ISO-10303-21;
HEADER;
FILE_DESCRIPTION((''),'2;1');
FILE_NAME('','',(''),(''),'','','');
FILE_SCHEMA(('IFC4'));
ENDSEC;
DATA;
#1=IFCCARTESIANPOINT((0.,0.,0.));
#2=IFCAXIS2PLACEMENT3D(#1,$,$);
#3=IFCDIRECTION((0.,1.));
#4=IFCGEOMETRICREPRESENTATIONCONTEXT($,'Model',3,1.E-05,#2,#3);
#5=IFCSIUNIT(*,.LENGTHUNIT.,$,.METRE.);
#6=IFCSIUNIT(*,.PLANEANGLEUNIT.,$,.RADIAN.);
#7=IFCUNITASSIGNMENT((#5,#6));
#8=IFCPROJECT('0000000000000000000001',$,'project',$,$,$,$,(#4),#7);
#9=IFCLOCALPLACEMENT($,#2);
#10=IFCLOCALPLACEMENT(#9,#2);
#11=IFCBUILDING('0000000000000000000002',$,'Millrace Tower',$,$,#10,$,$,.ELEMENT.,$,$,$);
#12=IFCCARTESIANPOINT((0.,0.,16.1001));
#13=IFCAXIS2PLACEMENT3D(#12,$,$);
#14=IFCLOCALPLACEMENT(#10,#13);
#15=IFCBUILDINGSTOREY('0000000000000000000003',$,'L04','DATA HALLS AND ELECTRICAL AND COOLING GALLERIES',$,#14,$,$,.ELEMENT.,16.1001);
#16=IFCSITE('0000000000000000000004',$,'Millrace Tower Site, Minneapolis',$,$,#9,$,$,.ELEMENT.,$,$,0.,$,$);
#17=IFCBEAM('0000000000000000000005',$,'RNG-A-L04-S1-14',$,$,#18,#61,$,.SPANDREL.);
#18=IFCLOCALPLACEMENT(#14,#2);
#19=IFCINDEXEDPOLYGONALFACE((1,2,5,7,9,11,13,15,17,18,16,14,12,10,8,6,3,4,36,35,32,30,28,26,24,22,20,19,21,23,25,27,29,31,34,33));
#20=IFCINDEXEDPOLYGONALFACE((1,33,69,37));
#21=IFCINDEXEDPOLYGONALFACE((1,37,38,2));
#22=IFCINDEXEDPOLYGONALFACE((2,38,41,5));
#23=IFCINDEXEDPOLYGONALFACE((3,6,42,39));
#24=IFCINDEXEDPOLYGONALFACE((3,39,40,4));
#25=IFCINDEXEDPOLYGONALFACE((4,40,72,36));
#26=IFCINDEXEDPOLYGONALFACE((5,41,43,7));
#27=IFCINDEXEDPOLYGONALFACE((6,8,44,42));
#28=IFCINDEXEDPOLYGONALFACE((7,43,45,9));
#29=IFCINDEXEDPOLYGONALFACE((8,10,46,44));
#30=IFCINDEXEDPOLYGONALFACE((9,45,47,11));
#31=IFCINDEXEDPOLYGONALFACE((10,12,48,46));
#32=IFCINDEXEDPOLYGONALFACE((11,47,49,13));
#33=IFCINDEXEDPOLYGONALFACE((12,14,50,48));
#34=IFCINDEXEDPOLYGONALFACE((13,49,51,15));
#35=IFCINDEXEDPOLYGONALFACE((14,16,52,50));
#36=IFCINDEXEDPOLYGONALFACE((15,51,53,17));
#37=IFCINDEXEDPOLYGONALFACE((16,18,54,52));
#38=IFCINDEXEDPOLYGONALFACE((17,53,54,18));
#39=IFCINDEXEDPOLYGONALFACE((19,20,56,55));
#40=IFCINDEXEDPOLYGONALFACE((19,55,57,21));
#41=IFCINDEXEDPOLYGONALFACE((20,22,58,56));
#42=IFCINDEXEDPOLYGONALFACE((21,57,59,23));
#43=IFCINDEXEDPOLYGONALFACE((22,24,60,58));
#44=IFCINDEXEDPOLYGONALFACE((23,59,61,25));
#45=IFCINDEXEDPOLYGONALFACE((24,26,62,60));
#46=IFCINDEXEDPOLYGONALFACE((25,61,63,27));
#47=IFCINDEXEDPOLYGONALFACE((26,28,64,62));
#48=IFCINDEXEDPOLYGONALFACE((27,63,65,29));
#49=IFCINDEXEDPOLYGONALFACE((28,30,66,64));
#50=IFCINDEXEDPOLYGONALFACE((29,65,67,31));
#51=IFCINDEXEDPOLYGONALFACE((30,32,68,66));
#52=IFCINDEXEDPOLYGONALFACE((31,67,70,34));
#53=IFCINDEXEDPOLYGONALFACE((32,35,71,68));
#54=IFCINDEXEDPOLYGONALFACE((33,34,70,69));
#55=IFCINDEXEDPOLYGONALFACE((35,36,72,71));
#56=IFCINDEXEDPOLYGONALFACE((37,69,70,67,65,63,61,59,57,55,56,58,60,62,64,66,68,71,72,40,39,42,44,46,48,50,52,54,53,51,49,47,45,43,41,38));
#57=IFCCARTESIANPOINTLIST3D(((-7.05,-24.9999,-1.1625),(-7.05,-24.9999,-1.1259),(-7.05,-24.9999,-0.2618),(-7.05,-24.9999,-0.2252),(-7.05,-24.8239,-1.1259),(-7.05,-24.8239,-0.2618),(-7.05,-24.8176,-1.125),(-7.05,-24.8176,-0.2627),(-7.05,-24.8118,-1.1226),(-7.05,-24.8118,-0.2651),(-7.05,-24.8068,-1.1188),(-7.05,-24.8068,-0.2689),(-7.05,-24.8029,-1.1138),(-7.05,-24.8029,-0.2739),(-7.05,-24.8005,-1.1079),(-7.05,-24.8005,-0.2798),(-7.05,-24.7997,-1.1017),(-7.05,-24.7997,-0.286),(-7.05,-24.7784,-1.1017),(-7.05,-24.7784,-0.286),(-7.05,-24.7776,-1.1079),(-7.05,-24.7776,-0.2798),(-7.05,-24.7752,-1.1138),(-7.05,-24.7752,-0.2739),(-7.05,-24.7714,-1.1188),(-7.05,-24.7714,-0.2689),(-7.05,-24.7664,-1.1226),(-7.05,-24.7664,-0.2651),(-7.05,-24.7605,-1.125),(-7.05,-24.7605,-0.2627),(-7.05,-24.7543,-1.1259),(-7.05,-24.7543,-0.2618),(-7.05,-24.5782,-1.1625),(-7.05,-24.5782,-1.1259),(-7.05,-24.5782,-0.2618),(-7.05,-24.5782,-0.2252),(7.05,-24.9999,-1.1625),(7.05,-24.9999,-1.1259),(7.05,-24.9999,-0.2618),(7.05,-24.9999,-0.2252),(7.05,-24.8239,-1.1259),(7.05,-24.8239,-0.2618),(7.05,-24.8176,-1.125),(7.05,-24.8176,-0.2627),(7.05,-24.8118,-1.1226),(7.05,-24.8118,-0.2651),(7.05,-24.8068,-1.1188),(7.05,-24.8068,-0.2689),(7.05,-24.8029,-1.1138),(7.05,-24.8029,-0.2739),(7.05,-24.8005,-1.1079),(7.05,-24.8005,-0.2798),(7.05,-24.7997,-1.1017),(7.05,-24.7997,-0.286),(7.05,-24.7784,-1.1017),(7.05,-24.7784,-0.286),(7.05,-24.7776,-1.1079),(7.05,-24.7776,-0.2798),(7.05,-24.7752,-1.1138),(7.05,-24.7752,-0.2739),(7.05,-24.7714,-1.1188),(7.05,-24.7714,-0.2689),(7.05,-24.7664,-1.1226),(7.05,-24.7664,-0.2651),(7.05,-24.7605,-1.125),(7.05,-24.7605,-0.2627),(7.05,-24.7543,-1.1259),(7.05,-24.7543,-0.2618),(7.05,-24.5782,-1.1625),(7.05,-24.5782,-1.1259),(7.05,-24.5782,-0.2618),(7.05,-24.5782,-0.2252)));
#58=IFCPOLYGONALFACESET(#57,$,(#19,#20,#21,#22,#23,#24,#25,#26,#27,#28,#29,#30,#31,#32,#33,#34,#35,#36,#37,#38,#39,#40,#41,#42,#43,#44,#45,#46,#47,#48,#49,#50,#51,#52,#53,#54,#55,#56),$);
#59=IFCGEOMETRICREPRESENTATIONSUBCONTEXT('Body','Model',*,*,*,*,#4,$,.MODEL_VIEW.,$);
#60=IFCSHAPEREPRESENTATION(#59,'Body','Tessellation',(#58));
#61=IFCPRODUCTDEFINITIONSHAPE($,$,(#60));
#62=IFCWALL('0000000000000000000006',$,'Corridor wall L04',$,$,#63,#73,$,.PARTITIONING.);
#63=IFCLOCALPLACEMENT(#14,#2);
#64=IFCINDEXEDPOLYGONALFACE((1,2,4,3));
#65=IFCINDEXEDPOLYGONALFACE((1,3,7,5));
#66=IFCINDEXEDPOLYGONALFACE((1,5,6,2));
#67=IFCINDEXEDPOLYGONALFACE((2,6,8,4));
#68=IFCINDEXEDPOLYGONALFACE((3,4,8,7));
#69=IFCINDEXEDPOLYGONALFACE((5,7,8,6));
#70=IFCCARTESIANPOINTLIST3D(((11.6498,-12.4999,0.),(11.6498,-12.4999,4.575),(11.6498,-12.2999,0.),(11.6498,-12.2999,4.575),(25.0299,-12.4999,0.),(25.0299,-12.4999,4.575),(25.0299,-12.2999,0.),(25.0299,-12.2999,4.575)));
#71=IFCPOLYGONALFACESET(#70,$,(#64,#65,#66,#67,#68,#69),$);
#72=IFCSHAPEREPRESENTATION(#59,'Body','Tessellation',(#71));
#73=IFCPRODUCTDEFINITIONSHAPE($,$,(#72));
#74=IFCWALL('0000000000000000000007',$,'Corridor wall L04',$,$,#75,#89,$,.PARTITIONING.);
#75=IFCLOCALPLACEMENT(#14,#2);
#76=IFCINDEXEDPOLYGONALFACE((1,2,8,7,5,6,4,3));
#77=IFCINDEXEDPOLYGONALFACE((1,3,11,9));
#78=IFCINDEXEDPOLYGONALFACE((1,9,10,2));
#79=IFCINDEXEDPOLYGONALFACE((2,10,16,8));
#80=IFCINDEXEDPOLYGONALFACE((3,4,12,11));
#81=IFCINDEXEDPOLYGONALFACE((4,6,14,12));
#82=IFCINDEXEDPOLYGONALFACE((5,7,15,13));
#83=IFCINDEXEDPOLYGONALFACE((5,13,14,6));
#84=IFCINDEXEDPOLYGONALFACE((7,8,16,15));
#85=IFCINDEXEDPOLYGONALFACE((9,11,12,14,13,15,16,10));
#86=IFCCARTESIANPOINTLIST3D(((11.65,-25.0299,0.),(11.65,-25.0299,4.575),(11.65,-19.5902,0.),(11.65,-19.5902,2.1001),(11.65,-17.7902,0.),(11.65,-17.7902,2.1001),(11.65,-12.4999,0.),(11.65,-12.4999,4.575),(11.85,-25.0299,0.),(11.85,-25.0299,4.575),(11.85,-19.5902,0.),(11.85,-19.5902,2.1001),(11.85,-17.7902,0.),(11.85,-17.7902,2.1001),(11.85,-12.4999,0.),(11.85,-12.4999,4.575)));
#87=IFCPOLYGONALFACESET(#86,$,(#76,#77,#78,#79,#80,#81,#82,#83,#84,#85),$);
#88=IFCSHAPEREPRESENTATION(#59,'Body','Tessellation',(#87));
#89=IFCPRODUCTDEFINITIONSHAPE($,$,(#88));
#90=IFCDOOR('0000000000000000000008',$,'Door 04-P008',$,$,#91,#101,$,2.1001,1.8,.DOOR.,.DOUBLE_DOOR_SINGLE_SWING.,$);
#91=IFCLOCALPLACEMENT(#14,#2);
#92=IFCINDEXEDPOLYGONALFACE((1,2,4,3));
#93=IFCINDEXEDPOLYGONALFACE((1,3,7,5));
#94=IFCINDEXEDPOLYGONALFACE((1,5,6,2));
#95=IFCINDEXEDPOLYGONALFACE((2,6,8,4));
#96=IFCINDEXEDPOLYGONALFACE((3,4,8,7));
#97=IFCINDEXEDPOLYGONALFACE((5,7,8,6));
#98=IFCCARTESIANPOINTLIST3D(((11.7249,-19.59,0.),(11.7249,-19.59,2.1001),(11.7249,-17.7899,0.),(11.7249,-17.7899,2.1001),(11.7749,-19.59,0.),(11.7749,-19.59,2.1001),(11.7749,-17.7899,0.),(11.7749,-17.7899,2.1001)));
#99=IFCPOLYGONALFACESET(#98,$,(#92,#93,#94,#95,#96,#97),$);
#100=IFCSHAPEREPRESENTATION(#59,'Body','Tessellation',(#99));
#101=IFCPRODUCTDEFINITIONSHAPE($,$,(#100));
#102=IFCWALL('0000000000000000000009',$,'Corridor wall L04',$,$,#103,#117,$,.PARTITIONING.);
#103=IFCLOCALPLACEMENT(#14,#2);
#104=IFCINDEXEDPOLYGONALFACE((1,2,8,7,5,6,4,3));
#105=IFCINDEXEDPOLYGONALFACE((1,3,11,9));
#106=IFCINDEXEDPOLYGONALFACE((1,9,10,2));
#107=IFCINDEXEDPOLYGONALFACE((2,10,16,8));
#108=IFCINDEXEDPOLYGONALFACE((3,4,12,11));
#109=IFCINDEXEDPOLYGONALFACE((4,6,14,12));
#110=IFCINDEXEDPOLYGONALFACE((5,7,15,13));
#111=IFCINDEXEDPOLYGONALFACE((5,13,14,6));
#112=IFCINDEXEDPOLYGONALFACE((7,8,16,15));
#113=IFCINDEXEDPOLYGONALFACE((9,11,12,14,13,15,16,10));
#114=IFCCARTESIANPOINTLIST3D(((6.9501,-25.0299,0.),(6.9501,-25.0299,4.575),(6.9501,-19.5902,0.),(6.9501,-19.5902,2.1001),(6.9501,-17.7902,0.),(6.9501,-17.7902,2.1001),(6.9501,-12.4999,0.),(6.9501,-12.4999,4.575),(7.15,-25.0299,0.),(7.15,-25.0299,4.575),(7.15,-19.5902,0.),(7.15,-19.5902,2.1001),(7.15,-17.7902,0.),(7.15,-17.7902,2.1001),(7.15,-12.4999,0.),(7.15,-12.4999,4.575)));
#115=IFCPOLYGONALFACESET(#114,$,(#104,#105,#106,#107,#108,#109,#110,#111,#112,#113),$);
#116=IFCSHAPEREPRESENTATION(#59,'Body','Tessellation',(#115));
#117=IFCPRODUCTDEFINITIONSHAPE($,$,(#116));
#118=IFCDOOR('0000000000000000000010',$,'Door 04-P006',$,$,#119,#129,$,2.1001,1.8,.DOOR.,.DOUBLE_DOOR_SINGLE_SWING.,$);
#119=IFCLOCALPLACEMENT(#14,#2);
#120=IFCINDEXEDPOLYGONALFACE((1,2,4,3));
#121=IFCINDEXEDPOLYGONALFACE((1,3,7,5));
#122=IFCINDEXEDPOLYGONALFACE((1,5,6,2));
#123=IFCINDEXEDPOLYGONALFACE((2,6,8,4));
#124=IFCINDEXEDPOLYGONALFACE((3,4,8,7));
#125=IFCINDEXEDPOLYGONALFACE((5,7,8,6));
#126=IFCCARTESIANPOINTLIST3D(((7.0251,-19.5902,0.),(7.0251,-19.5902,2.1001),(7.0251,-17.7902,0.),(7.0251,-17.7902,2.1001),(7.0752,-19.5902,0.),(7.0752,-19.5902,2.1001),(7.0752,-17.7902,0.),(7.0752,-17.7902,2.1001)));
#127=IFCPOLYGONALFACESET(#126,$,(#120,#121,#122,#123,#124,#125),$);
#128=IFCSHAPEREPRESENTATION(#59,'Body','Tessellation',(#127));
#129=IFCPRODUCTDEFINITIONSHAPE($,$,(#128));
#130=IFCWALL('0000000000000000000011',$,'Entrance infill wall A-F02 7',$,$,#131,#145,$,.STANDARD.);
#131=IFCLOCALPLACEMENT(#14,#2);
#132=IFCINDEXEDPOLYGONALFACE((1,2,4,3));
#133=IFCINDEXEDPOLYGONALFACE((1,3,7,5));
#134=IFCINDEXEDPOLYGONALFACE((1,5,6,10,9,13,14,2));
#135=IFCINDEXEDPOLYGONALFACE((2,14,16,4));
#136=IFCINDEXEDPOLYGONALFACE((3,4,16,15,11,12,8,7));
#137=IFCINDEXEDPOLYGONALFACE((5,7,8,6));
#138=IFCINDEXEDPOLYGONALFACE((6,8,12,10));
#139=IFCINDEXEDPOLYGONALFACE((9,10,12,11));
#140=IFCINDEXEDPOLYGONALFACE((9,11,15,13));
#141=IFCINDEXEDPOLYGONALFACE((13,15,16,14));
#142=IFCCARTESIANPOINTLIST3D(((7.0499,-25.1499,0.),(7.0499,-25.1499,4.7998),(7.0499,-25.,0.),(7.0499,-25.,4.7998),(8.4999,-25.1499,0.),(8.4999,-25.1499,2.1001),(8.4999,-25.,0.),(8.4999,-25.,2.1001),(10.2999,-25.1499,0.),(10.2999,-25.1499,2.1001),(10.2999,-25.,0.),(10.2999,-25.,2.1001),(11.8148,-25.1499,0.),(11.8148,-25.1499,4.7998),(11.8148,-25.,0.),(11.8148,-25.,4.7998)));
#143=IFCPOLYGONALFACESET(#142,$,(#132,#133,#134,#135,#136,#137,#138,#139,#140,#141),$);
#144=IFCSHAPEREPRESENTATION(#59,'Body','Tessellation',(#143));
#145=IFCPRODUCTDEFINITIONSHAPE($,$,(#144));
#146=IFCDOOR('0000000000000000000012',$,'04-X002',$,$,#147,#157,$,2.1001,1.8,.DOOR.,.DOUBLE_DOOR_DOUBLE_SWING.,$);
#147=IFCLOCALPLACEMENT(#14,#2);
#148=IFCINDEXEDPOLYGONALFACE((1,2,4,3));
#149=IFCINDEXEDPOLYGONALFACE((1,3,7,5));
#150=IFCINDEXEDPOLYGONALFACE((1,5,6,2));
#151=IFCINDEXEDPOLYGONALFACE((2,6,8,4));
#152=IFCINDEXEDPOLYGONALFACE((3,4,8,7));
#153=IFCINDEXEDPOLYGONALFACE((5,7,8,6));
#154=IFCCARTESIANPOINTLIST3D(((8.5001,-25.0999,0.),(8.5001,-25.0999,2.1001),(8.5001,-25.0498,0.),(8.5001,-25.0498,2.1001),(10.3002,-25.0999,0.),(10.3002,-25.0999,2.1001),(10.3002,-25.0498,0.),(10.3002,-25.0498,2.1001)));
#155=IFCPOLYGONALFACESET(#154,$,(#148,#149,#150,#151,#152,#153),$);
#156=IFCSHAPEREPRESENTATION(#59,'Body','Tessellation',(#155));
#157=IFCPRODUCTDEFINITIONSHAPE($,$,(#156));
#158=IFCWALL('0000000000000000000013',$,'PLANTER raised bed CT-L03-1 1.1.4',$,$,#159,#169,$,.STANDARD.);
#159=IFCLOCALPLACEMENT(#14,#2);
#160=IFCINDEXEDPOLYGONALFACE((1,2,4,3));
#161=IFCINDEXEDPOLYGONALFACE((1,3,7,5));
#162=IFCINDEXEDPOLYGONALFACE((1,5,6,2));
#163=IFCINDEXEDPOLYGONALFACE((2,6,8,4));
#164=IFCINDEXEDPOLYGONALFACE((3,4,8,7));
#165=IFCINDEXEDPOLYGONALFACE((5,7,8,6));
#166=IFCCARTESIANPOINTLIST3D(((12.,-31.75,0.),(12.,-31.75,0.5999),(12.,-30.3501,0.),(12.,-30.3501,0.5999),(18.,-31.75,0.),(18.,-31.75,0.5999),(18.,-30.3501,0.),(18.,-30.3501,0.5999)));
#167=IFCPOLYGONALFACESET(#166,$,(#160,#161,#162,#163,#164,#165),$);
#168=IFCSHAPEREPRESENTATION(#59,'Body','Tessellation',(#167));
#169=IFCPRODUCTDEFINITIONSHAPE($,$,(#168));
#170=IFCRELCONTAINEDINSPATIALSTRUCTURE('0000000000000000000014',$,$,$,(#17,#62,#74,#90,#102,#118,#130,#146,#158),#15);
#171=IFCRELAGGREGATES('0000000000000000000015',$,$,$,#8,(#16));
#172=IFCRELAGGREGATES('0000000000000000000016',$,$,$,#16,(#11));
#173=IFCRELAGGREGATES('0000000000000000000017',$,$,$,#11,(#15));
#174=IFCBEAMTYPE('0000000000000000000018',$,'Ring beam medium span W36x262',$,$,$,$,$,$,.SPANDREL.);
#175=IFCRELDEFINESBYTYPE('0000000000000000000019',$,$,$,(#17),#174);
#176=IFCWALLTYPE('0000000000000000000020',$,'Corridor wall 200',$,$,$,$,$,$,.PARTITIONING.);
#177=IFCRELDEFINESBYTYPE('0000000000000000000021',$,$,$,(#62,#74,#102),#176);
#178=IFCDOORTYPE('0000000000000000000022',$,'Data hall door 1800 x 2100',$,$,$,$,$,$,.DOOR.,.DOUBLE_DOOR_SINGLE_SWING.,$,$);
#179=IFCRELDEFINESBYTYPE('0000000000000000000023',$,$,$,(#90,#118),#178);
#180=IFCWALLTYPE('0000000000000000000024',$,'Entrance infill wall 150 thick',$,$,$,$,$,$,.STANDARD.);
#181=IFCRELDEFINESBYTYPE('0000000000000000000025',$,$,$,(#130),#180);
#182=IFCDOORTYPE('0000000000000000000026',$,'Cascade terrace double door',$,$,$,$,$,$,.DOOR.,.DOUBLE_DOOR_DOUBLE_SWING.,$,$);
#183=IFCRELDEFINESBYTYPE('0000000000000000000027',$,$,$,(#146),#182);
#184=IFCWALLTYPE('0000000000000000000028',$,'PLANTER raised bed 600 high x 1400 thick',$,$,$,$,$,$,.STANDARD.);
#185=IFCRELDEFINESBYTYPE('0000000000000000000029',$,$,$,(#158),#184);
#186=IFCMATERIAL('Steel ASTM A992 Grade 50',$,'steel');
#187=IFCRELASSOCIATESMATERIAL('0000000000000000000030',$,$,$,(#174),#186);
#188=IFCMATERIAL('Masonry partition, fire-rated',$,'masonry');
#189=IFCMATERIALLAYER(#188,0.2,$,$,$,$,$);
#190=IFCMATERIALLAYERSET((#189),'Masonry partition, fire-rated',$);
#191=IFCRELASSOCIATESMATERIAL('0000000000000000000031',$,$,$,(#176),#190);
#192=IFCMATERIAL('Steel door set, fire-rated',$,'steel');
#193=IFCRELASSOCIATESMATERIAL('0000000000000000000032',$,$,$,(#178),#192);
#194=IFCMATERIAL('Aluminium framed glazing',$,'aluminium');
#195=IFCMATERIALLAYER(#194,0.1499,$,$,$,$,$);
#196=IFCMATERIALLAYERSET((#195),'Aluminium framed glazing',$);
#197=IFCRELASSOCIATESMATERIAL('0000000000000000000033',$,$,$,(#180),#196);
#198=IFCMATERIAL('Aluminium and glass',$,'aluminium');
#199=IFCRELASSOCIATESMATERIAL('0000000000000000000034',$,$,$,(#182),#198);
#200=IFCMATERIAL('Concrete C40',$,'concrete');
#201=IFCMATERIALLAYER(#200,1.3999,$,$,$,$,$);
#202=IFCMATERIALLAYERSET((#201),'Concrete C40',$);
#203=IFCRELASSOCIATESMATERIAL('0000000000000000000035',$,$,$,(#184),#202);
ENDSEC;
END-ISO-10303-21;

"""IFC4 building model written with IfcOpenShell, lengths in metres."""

from ifc_helpers import new_model, si_unit, direction, frame, frame_2d, origin, origin_2d, place, context, subcontext, project, spatial, rectangle, i_section, extrude, material, layer, layer_set, material_profile, profile_set, type_object, element, fill, save


model = new_model("IFC4")

# Units and contexts
model_context = context("Model", 3, precision=1e-05, world=origin(), true_north=direction((0.0, 1.0)))
body_context = subcontext(model_context, "Body", "Model", "MODEL_VIEW")
ifc_project = project(units=[si_unit("LENGTHUNIT", "METRE"), si_unit("PLANEANGLEUNIT", "RADIAN")], contexts=[model_context])

# Site, building, storey
site_placement = place(None, origin())
site = spatial("IfcSite", under=ifc_project, at=site_placement, Name="Millrace Tower Site, Minneapolis", CompositionType="ELEMENT", RefElevation=0.0)
building_placement = place(site_placement, origin())
building = spatial("IfcBuilding", under=site, at=building_placement, Name="Millrace Tower", CompositionType="ELEMENT")
storey_placement = place(building_placement, frame((0.0, 0.0, 16.1001)))
storey = spatial("IfcBuildingStorey", under=building, at=storey_placement, Name="L04", Description="DATA HALLS AND ELECTRICAL AND COOLING GALLERIES", CompositionType="ELEMENT", Elevation=16.1001)

# Beam
ifc_material_1 = material(Name="Steel ASTM A992 Grade 50", Category="steel")
ifc_material_profile_1 = material_profile(ifc_material_1, i_section(OverallWidth=0.4216, OverallDepth=0.9373, WebThickness=0.0212, FlangeThickness=0.0366, FilletRadius=0.0242, at=origin_2d()))
ifc_profile_set_1 = profile_set([ifc_material_profile_1], Name="Steel ASTM A992 Grade 50")
beam_type_1 = type_object("IfcBeamType", Name="Ring beam medium span W36x262", PredefinedType="SPANDREL", material=ifc_profile_set_1)
beam_1_placement = place(storey_placement, frame((7.05, -24.7891, -0.6938), z_axis=(-1.0, 0.0, 0.0), x_axis=(0.0, -1.0, 0.0)))
element("IfcBeam", 1, at=beam_1_placement, inside=storey, type_object=beam_type_1, Name="RNG-A-L04-S1-14", PredefinedType="SPANDREL", context=body_context, shape_type="SweptSolid", body=[
    extrude(i_section(OverallWidth=0.4216, OverallDepth=0.9373, WebThickness=0.0212, FlangeThickness=0.0366, FilletRadius=0.0242, at=origin_2d()), origin(), (0.0, 0.0, 1.0), 14.1001),
])

# Wall
ifc_material_2 = material(Name="Masonry partition, fire-rated", Category="masonry")
ifc_layer_1 = layer(ifc_material_2, 0.2)
ifc_layer_set_1 = layer_set([ifc_layer_1], Name="Masonry partition, fire-rated")
wall_type_1 = type_object("IfcWallType", Name="Corridor wall 200", PredefinedType="PARTITIONING", material=ifc_layer_set_1)
wall_1_placement = place(storey_placement, frame((11.6499, -12.3999, 0.0), z_axis=(0.0, 0.0, 1.0), x_axis=(1.0, 0.0, 0.0)))
element("IfcWall", 2, at=wall_1_placement, inside=storey, type_object=wall_type_1, Name="Corridor wall L04", PredefinedType="PARTITIONING", context=body_context, shape_type="SweptSolid", body=[
    extrude(rectangle(XDim=13.3801, YDim=0.2, at=frame_2d((6.6899, 0.0))), origin(), (0.0, 0.0, 1.0), 4.575),
])

# Walls, openings, doors
wall_2_placement = place(storey_placement, frame((11.75, -25.03, 0.0), z_axis=(0.0, 0.0, 1.0), x_axis=(0.0, 1.0, 0.0)))
wall_2 = element("IfcWall", 3, at=wall_2_placement, inside=storey, type_object=wall_type_1, Name="Corridor wall L04", PredefinedType="PARTITIONING", context=body_context, shape_type="SweptSolid", body=[
    extrude(rectangle(XDim=12.53, YDim=0.2, at=frame_2d((6.2651, 0.0))), origin(), (0.0, 0.0, 1.0), 4.575),
])
opening_1_placement = place(wall_2_placement, frame((5.4399, 0.0, 0.0)))
opening_1 = element("IfcOpeningElement", 4, at=opening_1_placement, cuts=wall_2, PredefinedType="OPENING", context=body_context, shape_type="SweptSolid", body=[
    extrude(rectangle(XDim=1.8, YDim=2.1001, at=frame_2d((0.8999, 1.05))), frame((0.0, 0.1099, 0.0), z_axis=(0.0, -1.0, 0.0), x_axis=(1.0, 0.0, 0.0)), (0.0, 0.0, 1.0), 0.22),
])
ifc_material_3 = material(Name="Steel door set, fire-rated", Category="steel")
door_type_1 = type_object("IfcDoorType", Name="Data hall door 1800 x 2100", OperationType="DOUBLE_DOOR_SINGLE_SWING", PredefinedType="DOOR", material=ifc_material_3)
door_1_placement = place(opening_1_placement, frame((1.8, 0.0, 0.0), z_axis=(0.0, 0.0, 1.0), x_axis=(-1.0, 0.0, 0.0)))
door_1 = element("IfcDoor", 5, at=door_1_placement, inside=storey, type_object=door_type_1, Name="Door 04-P008", OperationType="DOUBLE_DOOR_SINGLE_SWING", OverallHeight=2.1001, OverallWidth=1.8, PredefinedType="DOOR", context=body_context, shape_type="SweptSolid", body=[
    extrude(rectangle(XDim=1.8, YDim=2.1001, at=frame_2d((0.8999, 1.05))), frame((0.0, 0.0249, 0.0), z_axis=(0.0, -1.0, 0.0), x_axis=(1.0, 0.0, 0.0)), (0.0, 0.0, 1.0), 0.05),
])
fill(opening_1, door_1)
wall_3_placement = place(storey_placement, frame((7.05, -25.03, 0.0), z_axis=(0.0, 0.0, 1.0), x_axis=(0.0, 1.0, 0.0)))
wall_3 = element("IfcWall", 6, at=wall_3_placement, inside=storey, type_object=wall_type_1, Name="Corridor wall L04", PredefinedType="PARTITIONING", context=body_context, shape_type="SweptSolid", body=[
    extrude(rectangle(XDim=12.53, YDim=0.2, at=frame_2d((6.2651, 0.0))), origin(), (0.0, 0.0, 1.0), 4.575),
])
opening_2_placement = place(wall_3_placement, frame((5.4399, 0.0, 0.0)))
opening_2 = element("IfcOpeningElement", 7, at=opening_2_placement, cuts=wall_3, PredefinedType="OPENING", context=body_context, shape_type="SweptSolid", body=[
    extrude(rectangle(XDim=1.8, YDim=2.1001, at=frame_2d((0.8999, 1.05))), frame((0.0, 0.1099, 0.0), z_axis=(0.0, -1.0, 0.0), x_axis=(1.0, 0.0, 0.0)), (0.0, 0.0, 1.0), 0.22),
])
door_2_placement = place(opening_2_placement, origin())
door_2 = element("IfcDoor", 8, at=door_2_placement, inside=storey, type_object=door_type_1, Name="Door 04-P006", OperationType="DOUBLE_DOOR_SINGLE_SWING", OverallHeight=2.1001, OverallWidth=1.8, PredefinedType="DOOR", context=body_context, shape_type="SweptSolid", body=[
    extrude(rectangle(XDim=1.8, YDim=2.1001, at=frame_2d((0.8999, 1.05))), frame((0.0, 0.0249, 0.0), z_axis=(0.0, -1.0, 0.0), x_axis=(1.0, 0.0, 0.0)), (0.0, 0.0, 1.0), 0.05),
])
fill(opening_2, door_2)
ifc_material_4 = material(Name="Aluminium framed glazing", Category="aluminium")
ifc_layer_2 = layer(ifc_material_4, 0.1499)
ifc_layer_set_2 = layer_set([ifc_layer_2], Name="Aluminium framed glazing")
wall_type_2 = type_object("IfcWallType", Name="Entrance infill wall 150 thick", PredefinedType="STANDARD", material=ifc_layer_set_2)
wall_4_placement = place(storey_placement, frame((7.05, -25.075, 0.0), z_axis=(0.0, 0.0, 1.0), x_axis=(1.0, 0.0, 0.0)))
wall_4 = element("IfcWall", 9, at=wall_4_placement, inside=storey, type_object=wall_type_2, Name="Entrance infill wall A-F02 7", PredefinedType="STANDARD", context=body_context, shape_type="SweptSolid", body=[
    extrude(rectangle(XDim=4.7649, YDim=0.1499, at=frame_2d((2.3823, 0.0))), origin(), (0.0, 0.0, 1.0), 4.7998),
])
opening_3_placement = place(wall_4_placement, frame((1.45, 0.0, 0.0)))
opening_3 = element("IfcOpeningElement", 10, at=opening_3_placement, cuts=wall_4, PredefinedType="OPENING", context=body_context, shape_type="SweptSolid", body=[
    extrude(rectangle(XDim=1.8, YDim=2.1001, at=frame_2d((0.8999, 1.05))), frame((0.0, 0.085, 0.0), z_axis=(0.0, -1.0, 0.0), x_axis=(1.0, 0.0, 0.0)), (0.0, 0.0, 1.0), 0.1699),
])
ifc_material_5 = material(Name="Aluminium and glass", Category="aluminium")
door_type_2 = type_object("IfcDoorType", Name="Cascade terrace double door", OperationType="DOUBLE_DOOR_DOUBLE_SWING", PredefinedType="DOOR", material=ifc_material_5)
door_3_placement = place(opening_3_placement, frame((1.8, 0.0, 0.0), z_axis=(0.0, 0.0, 1.0), x_axis=(-1.0, 0.0, 0.0)))
door_3 = element("IfcDoor", 11, at=door_3_placement, inside=storey, type_object=door_type_2, Name="04-X002", OperationType="DOUBLE_DOOR_DOUBLE_SWING", OverallHeight=2.1001, OverallWidth=1.8, PredefinedType="DOOR", context=body_context, shape_type="SweptSolid", body=[
    extrude(rectangle(XDim=1.8, YDim=2.1001, at=frame_2d((0.8999, 1.05))), frame((0.0, 0.0249, 0.0), z_axis=(0.0, -1.0, 0.0), x_axis=(1.0, 0.0, 0.0)), (0.0, 0.0, 1.0), 0.05),
])
fill(opening_3, door_3)

# Wall
ifc_material_6 = material(Name="Concrete C40", Category="concrete")
ifc_layer_3 = layer(ifc_material_6, 1.3999)
ifc_layer_set_3 = layer_set([ifc_layer_3], Name="Concrete C40")
wall_type_3 = type_object("IfcWallType", Name="PLANTER raised bed 600 high x 1400 thick", PredefinedType="STANDARD", material=ifc_layer_set_3)
wall_5_placement = place(storey_placement, frame((12.0, -31.05, 0.0), z_axis=(0.0, 0.0, 1.0), x_axis=(1.0, 0.0, 0.0)))
element("IfcWall", 12, at=wall_5_placement, inside=storey, type_object=wall_type_3, Name="PLANTER raised bed CT-L03-1 1.1.4", PredefinedType="STANDARD", context=body_context, shape_type="SweptSolid", body=[
    extrude(rectangle(XDim=6.0, YDim=1.3999, at=frame_2d((3.0, 0.0))), origin(), (0.0, 0.0, 1.0), 0.5999),
])

save(model, "model.ifc")
